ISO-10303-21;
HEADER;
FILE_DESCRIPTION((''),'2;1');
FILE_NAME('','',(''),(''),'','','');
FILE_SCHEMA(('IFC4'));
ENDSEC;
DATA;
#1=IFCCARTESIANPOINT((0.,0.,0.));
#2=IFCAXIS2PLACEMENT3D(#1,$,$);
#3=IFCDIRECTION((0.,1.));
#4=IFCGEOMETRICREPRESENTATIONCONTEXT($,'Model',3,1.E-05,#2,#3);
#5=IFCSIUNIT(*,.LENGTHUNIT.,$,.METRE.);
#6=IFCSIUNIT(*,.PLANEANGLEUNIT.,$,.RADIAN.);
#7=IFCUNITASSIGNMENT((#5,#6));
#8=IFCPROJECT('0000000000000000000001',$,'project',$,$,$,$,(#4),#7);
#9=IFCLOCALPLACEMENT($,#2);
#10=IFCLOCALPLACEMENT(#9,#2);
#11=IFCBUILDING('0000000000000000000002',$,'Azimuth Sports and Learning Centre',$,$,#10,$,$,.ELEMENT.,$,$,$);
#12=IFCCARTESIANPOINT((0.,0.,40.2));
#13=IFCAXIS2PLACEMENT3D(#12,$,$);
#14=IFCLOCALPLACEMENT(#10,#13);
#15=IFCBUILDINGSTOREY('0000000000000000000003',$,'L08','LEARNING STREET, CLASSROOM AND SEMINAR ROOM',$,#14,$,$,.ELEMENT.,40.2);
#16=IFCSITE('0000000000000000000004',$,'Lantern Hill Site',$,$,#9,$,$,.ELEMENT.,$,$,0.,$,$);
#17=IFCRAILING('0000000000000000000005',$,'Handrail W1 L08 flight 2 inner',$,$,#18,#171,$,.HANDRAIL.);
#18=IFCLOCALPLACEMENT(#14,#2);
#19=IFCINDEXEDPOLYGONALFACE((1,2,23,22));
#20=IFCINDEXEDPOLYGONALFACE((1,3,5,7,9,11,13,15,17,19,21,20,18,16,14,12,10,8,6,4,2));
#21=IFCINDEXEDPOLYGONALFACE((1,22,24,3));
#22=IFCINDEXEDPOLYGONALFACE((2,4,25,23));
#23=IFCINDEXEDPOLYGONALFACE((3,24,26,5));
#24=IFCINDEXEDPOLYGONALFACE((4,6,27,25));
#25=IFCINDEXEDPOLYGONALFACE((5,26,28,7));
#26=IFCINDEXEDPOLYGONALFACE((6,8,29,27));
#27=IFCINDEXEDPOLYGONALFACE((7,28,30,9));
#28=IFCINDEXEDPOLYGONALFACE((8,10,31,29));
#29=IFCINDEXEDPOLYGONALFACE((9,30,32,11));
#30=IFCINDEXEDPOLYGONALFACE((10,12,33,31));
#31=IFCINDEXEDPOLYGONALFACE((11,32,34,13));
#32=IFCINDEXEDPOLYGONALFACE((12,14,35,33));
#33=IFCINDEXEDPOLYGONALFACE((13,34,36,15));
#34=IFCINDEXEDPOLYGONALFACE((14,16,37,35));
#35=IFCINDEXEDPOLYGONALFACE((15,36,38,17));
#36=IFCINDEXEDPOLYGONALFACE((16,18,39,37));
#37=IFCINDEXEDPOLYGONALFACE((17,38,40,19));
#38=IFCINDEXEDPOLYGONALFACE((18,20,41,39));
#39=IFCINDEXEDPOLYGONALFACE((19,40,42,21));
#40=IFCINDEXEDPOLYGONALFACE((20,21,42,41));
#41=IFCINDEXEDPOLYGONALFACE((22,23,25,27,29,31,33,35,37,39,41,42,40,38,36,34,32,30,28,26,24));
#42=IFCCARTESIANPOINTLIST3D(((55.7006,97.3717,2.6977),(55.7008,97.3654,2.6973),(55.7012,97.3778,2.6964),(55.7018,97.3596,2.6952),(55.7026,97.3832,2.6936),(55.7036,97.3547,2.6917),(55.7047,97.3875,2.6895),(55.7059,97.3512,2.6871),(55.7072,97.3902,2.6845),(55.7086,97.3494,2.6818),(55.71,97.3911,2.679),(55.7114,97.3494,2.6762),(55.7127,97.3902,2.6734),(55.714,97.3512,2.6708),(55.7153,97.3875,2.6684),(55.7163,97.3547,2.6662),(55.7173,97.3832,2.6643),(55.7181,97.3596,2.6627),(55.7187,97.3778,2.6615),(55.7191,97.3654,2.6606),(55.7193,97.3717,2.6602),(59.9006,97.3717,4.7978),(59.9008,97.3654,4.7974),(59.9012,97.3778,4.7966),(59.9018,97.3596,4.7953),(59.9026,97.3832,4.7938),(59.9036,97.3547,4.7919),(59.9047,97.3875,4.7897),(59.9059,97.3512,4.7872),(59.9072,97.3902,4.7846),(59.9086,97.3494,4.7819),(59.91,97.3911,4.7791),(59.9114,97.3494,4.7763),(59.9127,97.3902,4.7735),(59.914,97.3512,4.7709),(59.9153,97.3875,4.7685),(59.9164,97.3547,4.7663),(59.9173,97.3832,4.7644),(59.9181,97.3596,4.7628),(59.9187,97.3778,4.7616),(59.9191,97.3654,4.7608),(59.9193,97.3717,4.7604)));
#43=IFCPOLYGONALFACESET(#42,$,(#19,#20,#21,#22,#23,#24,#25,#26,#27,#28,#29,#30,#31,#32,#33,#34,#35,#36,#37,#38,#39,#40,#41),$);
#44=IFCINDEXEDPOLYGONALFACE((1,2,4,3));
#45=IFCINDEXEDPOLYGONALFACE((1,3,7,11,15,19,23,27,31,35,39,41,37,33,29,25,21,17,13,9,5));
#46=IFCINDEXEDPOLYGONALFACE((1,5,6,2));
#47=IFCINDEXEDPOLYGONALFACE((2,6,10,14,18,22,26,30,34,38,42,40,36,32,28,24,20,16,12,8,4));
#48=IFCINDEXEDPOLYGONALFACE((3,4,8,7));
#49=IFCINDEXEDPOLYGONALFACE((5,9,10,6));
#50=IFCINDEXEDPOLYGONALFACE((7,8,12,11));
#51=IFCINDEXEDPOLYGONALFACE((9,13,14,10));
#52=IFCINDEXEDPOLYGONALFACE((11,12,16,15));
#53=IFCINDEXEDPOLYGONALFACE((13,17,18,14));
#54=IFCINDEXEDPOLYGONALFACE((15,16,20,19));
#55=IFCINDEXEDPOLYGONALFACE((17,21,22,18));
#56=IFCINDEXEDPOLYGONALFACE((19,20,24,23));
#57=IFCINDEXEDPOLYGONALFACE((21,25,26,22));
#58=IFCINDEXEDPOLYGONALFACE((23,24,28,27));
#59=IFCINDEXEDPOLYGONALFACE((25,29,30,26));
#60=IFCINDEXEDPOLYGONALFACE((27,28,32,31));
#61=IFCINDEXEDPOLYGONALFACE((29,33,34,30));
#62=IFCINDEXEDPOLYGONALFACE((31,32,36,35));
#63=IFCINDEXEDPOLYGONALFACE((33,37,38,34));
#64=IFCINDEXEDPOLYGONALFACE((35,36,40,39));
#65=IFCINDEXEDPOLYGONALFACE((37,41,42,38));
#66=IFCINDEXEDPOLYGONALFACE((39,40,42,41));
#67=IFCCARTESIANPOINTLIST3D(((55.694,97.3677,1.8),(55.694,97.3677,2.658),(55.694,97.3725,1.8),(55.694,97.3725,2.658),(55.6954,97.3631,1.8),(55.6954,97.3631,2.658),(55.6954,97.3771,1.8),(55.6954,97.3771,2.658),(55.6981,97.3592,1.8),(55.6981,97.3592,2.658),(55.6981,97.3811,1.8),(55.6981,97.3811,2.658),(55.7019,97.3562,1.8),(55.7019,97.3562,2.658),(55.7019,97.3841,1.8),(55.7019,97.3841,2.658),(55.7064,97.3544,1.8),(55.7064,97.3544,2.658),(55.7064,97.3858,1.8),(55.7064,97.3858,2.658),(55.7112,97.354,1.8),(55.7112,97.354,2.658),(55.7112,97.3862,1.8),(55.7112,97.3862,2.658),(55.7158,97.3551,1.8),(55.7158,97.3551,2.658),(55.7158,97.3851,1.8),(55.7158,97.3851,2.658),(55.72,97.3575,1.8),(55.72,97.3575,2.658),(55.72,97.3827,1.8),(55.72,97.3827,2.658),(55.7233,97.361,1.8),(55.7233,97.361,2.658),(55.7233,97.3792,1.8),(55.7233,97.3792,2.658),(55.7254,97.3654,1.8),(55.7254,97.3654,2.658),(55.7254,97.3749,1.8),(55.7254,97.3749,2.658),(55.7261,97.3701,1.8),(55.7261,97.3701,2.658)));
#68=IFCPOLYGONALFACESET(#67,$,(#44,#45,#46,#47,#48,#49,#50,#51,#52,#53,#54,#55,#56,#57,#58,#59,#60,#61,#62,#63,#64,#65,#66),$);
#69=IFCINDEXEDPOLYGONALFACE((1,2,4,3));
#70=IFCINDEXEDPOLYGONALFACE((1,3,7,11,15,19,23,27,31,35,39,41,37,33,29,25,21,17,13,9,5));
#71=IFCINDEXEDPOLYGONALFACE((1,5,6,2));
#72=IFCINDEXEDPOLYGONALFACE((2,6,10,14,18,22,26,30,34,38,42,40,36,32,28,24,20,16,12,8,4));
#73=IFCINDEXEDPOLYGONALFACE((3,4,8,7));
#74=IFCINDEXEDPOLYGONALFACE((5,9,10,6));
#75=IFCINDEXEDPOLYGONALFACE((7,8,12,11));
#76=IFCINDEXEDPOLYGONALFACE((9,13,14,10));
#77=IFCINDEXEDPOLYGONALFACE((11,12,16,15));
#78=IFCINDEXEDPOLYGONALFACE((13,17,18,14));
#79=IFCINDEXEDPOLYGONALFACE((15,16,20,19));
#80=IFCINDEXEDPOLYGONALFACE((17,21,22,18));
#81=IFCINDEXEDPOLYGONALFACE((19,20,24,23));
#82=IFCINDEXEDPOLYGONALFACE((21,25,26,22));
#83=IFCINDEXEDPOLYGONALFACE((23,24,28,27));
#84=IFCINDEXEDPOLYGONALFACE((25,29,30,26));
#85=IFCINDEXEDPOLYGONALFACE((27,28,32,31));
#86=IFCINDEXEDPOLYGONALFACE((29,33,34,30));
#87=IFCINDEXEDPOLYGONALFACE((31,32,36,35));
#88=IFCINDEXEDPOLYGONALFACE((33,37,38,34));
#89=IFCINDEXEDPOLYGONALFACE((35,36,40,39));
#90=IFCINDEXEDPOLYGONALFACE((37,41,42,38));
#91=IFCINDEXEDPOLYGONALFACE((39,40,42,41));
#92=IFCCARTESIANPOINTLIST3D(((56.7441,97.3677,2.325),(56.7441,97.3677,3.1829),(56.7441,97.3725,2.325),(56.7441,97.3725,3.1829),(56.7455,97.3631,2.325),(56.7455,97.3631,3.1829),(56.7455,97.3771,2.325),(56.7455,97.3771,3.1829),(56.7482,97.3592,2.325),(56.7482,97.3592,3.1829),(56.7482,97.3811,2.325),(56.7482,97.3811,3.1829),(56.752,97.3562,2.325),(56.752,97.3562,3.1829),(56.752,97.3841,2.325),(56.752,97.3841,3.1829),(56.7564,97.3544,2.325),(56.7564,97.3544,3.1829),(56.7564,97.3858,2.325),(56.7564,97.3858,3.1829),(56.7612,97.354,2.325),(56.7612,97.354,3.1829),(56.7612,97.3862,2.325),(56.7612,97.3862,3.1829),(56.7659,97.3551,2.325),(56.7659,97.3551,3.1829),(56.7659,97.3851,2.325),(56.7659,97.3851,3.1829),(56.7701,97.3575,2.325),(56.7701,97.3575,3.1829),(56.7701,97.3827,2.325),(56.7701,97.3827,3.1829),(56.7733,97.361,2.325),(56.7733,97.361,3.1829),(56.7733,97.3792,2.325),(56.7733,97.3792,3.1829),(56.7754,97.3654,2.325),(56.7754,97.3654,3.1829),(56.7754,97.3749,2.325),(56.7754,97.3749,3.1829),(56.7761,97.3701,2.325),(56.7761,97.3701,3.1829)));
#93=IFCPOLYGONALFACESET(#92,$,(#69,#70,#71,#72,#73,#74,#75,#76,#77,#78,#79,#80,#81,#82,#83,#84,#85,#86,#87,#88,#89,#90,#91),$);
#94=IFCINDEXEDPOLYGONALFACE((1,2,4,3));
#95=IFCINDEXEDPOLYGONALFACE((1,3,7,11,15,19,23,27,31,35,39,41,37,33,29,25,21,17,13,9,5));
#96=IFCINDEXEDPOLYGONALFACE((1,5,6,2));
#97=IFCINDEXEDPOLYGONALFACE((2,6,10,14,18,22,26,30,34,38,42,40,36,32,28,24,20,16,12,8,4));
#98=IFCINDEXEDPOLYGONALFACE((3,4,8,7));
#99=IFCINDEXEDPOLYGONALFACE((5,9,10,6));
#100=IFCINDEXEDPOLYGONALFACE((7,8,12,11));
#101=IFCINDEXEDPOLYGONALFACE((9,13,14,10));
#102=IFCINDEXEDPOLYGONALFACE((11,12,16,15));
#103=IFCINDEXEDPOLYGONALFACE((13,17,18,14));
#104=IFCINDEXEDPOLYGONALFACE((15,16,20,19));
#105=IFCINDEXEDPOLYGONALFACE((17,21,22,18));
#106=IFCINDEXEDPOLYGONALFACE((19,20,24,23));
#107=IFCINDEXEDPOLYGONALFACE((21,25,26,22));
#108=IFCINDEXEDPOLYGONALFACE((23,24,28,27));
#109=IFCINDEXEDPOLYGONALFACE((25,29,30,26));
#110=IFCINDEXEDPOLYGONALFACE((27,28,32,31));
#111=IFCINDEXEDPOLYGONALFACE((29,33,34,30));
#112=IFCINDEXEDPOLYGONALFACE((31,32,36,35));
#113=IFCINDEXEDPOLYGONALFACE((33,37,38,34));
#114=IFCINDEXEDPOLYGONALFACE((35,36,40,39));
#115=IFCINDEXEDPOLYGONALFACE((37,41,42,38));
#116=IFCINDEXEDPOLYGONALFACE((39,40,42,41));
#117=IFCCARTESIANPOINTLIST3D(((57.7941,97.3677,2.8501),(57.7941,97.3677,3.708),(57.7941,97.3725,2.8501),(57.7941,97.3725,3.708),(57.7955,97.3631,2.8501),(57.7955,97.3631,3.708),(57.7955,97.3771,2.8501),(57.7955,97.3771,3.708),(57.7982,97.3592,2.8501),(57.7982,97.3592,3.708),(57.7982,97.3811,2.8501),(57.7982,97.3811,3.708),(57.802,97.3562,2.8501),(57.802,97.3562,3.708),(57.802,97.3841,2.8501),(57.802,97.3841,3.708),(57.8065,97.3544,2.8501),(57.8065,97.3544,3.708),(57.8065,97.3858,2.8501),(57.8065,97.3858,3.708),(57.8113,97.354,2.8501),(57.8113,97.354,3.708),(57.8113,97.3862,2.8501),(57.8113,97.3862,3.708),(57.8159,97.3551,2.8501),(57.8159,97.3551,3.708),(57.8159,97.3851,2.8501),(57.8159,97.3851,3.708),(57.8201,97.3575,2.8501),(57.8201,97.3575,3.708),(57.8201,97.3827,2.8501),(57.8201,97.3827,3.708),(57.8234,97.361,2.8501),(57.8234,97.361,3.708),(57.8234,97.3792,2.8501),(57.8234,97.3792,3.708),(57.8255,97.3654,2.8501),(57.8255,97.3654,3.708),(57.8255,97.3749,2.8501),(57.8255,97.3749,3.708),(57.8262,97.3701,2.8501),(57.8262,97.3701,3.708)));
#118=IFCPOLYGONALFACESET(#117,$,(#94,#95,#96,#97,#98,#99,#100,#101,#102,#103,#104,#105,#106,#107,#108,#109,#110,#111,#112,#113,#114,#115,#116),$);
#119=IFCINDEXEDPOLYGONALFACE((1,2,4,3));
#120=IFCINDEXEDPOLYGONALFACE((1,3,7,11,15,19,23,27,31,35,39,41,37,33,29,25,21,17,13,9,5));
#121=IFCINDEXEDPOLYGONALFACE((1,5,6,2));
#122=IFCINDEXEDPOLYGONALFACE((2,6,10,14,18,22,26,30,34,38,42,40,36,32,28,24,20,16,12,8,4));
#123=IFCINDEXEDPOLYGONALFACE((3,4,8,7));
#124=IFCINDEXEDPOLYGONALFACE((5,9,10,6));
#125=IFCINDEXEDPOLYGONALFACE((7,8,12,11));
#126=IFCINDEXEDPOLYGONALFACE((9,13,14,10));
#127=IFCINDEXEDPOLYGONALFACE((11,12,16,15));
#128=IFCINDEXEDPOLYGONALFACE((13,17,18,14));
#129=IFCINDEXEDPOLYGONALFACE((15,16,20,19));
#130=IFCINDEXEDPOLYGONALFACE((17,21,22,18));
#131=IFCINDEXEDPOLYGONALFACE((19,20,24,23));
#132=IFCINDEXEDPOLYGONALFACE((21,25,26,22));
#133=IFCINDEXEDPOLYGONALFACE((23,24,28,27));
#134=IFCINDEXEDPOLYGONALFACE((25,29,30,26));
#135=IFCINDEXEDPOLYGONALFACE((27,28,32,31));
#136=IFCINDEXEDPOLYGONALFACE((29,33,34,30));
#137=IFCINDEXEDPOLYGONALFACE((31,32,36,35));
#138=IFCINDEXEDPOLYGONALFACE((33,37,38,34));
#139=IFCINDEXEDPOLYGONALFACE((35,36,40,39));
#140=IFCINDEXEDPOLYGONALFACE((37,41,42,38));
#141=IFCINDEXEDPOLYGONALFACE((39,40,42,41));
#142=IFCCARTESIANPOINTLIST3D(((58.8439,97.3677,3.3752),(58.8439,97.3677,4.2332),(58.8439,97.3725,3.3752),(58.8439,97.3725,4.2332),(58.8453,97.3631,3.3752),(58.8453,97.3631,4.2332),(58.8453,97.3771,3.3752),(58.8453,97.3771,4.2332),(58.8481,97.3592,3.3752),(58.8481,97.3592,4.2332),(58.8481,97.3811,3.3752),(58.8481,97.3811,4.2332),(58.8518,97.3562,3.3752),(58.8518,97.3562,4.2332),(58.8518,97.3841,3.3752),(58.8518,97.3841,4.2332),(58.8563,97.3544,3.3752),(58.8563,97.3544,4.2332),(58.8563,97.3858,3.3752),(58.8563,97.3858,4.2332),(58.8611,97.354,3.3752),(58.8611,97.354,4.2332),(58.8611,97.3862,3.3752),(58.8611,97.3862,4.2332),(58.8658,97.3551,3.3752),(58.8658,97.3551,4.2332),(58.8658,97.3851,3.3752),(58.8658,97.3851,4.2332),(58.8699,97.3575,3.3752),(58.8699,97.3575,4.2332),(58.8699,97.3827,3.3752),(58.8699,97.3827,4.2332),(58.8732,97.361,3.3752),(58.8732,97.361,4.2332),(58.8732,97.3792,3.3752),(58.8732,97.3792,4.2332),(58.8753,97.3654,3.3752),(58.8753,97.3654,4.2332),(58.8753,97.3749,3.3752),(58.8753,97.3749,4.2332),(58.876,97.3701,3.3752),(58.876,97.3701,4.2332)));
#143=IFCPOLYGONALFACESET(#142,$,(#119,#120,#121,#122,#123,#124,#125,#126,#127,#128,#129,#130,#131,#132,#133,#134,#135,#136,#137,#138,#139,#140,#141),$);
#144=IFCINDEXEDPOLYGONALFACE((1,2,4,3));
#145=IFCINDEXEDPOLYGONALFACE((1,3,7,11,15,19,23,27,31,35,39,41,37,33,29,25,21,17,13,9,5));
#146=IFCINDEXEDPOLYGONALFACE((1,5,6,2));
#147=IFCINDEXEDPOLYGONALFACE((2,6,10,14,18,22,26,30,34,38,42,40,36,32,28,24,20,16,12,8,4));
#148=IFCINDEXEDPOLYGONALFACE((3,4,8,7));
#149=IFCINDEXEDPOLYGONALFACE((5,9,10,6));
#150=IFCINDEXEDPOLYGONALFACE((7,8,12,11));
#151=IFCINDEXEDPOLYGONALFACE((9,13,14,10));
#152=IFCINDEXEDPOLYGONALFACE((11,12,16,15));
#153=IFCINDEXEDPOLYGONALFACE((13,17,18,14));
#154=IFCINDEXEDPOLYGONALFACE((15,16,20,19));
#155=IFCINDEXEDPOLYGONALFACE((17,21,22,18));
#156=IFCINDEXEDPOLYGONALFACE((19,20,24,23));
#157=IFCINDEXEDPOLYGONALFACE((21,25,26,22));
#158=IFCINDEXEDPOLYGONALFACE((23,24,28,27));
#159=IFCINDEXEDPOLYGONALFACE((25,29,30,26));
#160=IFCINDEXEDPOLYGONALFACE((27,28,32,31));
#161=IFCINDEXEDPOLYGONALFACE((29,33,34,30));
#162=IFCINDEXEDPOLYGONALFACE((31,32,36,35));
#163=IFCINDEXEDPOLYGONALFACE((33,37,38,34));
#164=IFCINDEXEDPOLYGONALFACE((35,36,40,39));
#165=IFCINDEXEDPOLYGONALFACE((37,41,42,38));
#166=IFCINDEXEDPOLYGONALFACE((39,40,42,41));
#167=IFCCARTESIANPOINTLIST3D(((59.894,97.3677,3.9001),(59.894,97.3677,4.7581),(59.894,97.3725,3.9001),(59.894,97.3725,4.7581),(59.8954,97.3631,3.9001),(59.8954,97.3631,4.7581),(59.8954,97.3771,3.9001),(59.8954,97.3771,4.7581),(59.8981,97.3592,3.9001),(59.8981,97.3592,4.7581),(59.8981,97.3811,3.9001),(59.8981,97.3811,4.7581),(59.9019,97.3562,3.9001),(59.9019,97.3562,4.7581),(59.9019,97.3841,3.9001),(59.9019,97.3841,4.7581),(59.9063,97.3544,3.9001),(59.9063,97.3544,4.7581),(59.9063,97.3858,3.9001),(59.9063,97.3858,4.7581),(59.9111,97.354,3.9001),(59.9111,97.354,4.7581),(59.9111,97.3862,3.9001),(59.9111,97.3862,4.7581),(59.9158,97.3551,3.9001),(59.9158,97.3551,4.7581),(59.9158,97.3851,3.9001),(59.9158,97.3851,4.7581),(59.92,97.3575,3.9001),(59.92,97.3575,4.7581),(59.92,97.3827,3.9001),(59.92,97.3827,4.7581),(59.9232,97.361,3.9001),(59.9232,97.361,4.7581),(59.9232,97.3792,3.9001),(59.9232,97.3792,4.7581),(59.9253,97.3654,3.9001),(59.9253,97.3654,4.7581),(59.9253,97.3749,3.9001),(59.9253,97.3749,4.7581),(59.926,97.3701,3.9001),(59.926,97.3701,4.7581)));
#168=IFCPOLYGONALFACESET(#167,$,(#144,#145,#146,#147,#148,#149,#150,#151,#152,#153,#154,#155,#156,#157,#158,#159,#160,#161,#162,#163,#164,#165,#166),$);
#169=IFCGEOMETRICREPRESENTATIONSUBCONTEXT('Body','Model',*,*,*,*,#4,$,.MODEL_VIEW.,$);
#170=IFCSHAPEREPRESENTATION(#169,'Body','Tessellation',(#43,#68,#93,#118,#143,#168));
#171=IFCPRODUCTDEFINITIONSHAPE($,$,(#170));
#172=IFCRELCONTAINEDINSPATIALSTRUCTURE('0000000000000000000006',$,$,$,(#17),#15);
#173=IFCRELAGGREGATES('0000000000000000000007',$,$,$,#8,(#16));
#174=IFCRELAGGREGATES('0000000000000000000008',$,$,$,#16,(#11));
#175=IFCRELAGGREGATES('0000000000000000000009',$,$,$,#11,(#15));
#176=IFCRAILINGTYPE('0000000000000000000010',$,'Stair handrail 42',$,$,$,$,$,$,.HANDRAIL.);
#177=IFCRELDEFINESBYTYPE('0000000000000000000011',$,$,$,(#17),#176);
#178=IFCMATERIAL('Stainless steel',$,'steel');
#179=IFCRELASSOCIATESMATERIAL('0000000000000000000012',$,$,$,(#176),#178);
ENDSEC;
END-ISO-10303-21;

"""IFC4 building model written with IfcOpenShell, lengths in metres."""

from ifc_helpers import new_model, si_unit, direction, frame, origin, origin_2d, place, context, subcontext, project, spatial, circle, extrude, material, type_object, element, save


model = new_model("IFC4")

# Units and contexts
model_context = context("Model", 3, precision=1e-05, world=origin(), true_north=direction((0.0, 1.0)))
body_context = subcontext(model_context, "Body", "Model", "MODEL_VIEW")
ifc_project = project(units=[si_unit("LENGTHUNIT", "METRE"), si_unit("PLANEANGLEUNIT", "RADIAN")], contexts=[model_context])

# Site, building, storey
site_placement = place(None, origin())
site = spatial("IfcSite", under=ifc_project, at=site_placement, Name="Lantern Hill Site", CompositionType="ELEMENT", RefElevation=0.0)
building_placement = place(site_placement, origin())
building = spatial("IfcBuilding", under=site, at=building_placement, Name="Azimuth Sports and Learning Centre", CompositionType="ELEMENT")
storey_placement = place(building_placement, frame((0.0, 0.0, 40.2)))
storey = spatial("IfcBuildingStorey", under=building, at=storey_placement, Name="L08", Description="LEARNING STREET, CLASSROOM AND SEMINAR ROOM", CompositionType="ELEMENT", Elevation=40.2)

# Railing
ifc_material_1 = material(Name="Stainless steel", Category="steel")
railing_type_1 = type_object("IfcRailingType", Name="Stair handrail 42", PredefinedType="HANDRAIL", material=ifc_material_1)
for number, where, name in (
    (1, (55.71, 97.3701, 1.8), "Handrail W1 L08 flight 2 inner"),
):
    element("IfcRailing", number, at=place(storey_placement, frame(where)), inside=storey, type_object=railing_type_1, Name=name, PredefinedType="HANDRAIL", context=body_context, shape_type="SweptSolid", body=[
        extrude(circle(Radius=0.021, at=origin_2d()), frame((0.0, 0.0, 0.8789), z_axis=(0.894417, 0.0, 0.447234), x_axis=(0.0, 1.0, 0.0)), (0.0, 0.0, 1.0), 4.6958),
        extrude(circle(Radius=0.0161, at=origin_2d()), origin(), (0.0, 0.0, 1.0), 0.8579),
        extrude(circle(Radius=0.0161, at=origin_2d()), frame((1.05, 0.0, 0.5249)), (0.0, 0.0, 1.0), 0.8579),
        extrude(circle(Radius=0.0161, at=origin_2d()), frame((2.1001, 0.0, 1.05)), (0.0, 0.0, 1.0), 0.8579),
        extrude(circle(Radius=0.0161, at=origin_2d()), frame((3.1499, 0.0, 1.5752)), (0.0, 0.0, 1.0), 0.8579),
        extrude(circle(Radius=0.0161, at=origin_2d()), frame((4.2, 0.0, 2.1001)), (0.0, 0.0, 1.0), 0.8579),
    ])

save(model, "model.ifc")
